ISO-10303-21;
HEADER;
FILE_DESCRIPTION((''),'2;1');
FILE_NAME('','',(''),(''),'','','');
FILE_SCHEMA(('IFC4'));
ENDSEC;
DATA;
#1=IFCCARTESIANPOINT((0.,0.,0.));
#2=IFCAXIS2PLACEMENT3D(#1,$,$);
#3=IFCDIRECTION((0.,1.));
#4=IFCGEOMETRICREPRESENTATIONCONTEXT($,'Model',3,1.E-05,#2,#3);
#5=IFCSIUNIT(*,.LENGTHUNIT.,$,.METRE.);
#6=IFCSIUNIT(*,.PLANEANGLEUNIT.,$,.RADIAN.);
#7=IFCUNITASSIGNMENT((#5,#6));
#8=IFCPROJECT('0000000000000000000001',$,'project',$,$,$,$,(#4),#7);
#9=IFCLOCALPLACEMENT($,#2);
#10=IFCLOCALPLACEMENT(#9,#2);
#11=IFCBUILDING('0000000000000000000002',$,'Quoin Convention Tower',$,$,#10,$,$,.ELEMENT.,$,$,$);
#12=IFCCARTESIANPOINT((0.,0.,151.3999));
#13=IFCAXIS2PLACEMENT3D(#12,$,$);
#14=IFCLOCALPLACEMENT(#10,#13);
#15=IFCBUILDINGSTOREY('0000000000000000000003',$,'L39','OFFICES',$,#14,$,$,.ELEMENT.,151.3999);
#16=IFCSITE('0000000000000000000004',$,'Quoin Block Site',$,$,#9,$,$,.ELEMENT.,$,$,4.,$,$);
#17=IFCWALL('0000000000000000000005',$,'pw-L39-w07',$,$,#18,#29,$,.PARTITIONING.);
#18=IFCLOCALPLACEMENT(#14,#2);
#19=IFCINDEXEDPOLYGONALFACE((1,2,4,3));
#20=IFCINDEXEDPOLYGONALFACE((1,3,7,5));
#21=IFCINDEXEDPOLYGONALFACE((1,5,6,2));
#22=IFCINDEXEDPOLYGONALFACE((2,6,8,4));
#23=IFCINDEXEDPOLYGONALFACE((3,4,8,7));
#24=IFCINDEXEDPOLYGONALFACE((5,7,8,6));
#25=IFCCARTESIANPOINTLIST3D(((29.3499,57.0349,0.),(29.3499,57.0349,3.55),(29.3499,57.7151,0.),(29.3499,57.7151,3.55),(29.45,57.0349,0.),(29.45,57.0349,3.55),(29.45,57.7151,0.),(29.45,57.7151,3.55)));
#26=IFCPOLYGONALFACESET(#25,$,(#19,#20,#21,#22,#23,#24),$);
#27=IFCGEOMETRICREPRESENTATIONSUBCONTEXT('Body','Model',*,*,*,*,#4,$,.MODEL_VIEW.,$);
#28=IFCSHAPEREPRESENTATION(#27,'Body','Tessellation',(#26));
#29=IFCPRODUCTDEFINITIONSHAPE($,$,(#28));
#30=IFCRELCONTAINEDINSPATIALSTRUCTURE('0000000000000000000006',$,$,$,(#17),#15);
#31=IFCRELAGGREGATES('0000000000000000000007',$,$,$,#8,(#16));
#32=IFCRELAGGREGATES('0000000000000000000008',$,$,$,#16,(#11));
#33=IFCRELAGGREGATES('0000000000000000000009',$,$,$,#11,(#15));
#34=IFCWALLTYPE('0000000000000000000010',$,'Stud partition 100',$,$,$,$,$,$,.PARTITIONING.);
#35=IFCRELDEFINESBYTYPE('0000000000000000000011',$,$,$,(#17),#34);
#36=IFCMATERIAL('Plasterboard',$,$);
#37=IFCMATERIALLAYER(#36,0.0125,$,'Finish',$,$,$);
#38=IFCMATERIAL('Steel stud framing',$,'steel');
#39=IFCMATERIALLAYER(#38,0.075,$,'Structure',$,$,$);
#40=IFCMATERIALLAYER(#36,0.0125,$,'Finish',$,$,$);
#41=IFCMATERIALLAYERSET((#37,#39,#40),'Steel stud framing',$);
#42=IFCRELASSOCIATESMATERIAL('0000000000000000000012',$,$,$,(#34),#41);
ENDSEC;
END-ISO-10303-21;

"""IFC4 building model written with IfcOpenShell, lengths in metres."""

from ifc_helpers import new_model, si_unit, direction, frame, frame_2d, origin, place, context, subcontext, project, spatial, rectangle, extrude, material, layer, layer_set, type_object, element, save


model = new_model("IFC4")

# Units and contexts
model_context = context("Model", 3, precision=1e-05, world=origin(), true_north=direction((0.0, 1.0)))
body_context = subcontext(model_context, "Body", "Model", "MODEL_VIEW")
ifc_project = project(units=[si_unit("LENGTHUNIT", "METRE"), si_unit("PLANEANGLEUNIT", "RADIAN")], contexts=[model_context])

# Site, building, storey
site_placement = place(None, origin())
site = spatial("IfcSite", under=ifc_project, at=site_placement, Name="Quoin Block Site", CompositionType="ELEMENT", RefElevation=4.0)
building_placement = place(site_placement, origin())
building = spatial("IfcBuilding", under=site, at=building_placement, Name="Quoin Convention Tower", CompositionType="ELEMENT")
storey_placement = place(building_placement, frame((0.0, 0.0, 151.3999)))
storey = spatial("IfcBuildingStorey", under=building, at=storey_placement, Name="L39", Description="OFFICES", CompositionType="ELEMENT", Elevation=151.3999)

# Shared definitions
ifc_material_1 = material(Name="Plasterboard")
ifc_material_2 = material(Name="Steel stud framing", Category="steel")

# Shared definitions
ifc_layer_1 = layer(ifc_material_1, 0.0125, Name="Finish")
ifc_layer_2 = layer(ifc_material_2, 0.075, Name="Structure")
ifc_layer_3 = layer(ifc_material_1, 0.0125, Name="Finish")
ifc_layer_set_1 = layer_set([ifc_layer_1, ifc_layer_2, ifc_layer_3], Name="Steel stud framing")
wall_type_1 = type_object("IfcWallType", Name="Stud partition 100", PredefinedType="PARTITIONING", material=ifc_layer_set_1)

# Wall
wall_1_placement = place(storey_placement, frame((29.3999, 57.7151, 0.0), z_axis=(0.0, 0.0, 1.0), x_axis=(0.0, -1.0, 0.0)))
element("IfcWall", 1, at=wall_1_placement, inside=storey, type_object=wall_type_1, Name="pw-L39-w07", PredefinedType="PARTITIONING", context=body_context, shape_type="SweptSolid", body=[
    extrude(rectangle(XDim=0.6802, YDim=0.1001, at=frame_2d((0.3401, 0.0))), origin(), (0.0, 0.0, 1.0), 3.55),
])

save(model, "model.ifc")
